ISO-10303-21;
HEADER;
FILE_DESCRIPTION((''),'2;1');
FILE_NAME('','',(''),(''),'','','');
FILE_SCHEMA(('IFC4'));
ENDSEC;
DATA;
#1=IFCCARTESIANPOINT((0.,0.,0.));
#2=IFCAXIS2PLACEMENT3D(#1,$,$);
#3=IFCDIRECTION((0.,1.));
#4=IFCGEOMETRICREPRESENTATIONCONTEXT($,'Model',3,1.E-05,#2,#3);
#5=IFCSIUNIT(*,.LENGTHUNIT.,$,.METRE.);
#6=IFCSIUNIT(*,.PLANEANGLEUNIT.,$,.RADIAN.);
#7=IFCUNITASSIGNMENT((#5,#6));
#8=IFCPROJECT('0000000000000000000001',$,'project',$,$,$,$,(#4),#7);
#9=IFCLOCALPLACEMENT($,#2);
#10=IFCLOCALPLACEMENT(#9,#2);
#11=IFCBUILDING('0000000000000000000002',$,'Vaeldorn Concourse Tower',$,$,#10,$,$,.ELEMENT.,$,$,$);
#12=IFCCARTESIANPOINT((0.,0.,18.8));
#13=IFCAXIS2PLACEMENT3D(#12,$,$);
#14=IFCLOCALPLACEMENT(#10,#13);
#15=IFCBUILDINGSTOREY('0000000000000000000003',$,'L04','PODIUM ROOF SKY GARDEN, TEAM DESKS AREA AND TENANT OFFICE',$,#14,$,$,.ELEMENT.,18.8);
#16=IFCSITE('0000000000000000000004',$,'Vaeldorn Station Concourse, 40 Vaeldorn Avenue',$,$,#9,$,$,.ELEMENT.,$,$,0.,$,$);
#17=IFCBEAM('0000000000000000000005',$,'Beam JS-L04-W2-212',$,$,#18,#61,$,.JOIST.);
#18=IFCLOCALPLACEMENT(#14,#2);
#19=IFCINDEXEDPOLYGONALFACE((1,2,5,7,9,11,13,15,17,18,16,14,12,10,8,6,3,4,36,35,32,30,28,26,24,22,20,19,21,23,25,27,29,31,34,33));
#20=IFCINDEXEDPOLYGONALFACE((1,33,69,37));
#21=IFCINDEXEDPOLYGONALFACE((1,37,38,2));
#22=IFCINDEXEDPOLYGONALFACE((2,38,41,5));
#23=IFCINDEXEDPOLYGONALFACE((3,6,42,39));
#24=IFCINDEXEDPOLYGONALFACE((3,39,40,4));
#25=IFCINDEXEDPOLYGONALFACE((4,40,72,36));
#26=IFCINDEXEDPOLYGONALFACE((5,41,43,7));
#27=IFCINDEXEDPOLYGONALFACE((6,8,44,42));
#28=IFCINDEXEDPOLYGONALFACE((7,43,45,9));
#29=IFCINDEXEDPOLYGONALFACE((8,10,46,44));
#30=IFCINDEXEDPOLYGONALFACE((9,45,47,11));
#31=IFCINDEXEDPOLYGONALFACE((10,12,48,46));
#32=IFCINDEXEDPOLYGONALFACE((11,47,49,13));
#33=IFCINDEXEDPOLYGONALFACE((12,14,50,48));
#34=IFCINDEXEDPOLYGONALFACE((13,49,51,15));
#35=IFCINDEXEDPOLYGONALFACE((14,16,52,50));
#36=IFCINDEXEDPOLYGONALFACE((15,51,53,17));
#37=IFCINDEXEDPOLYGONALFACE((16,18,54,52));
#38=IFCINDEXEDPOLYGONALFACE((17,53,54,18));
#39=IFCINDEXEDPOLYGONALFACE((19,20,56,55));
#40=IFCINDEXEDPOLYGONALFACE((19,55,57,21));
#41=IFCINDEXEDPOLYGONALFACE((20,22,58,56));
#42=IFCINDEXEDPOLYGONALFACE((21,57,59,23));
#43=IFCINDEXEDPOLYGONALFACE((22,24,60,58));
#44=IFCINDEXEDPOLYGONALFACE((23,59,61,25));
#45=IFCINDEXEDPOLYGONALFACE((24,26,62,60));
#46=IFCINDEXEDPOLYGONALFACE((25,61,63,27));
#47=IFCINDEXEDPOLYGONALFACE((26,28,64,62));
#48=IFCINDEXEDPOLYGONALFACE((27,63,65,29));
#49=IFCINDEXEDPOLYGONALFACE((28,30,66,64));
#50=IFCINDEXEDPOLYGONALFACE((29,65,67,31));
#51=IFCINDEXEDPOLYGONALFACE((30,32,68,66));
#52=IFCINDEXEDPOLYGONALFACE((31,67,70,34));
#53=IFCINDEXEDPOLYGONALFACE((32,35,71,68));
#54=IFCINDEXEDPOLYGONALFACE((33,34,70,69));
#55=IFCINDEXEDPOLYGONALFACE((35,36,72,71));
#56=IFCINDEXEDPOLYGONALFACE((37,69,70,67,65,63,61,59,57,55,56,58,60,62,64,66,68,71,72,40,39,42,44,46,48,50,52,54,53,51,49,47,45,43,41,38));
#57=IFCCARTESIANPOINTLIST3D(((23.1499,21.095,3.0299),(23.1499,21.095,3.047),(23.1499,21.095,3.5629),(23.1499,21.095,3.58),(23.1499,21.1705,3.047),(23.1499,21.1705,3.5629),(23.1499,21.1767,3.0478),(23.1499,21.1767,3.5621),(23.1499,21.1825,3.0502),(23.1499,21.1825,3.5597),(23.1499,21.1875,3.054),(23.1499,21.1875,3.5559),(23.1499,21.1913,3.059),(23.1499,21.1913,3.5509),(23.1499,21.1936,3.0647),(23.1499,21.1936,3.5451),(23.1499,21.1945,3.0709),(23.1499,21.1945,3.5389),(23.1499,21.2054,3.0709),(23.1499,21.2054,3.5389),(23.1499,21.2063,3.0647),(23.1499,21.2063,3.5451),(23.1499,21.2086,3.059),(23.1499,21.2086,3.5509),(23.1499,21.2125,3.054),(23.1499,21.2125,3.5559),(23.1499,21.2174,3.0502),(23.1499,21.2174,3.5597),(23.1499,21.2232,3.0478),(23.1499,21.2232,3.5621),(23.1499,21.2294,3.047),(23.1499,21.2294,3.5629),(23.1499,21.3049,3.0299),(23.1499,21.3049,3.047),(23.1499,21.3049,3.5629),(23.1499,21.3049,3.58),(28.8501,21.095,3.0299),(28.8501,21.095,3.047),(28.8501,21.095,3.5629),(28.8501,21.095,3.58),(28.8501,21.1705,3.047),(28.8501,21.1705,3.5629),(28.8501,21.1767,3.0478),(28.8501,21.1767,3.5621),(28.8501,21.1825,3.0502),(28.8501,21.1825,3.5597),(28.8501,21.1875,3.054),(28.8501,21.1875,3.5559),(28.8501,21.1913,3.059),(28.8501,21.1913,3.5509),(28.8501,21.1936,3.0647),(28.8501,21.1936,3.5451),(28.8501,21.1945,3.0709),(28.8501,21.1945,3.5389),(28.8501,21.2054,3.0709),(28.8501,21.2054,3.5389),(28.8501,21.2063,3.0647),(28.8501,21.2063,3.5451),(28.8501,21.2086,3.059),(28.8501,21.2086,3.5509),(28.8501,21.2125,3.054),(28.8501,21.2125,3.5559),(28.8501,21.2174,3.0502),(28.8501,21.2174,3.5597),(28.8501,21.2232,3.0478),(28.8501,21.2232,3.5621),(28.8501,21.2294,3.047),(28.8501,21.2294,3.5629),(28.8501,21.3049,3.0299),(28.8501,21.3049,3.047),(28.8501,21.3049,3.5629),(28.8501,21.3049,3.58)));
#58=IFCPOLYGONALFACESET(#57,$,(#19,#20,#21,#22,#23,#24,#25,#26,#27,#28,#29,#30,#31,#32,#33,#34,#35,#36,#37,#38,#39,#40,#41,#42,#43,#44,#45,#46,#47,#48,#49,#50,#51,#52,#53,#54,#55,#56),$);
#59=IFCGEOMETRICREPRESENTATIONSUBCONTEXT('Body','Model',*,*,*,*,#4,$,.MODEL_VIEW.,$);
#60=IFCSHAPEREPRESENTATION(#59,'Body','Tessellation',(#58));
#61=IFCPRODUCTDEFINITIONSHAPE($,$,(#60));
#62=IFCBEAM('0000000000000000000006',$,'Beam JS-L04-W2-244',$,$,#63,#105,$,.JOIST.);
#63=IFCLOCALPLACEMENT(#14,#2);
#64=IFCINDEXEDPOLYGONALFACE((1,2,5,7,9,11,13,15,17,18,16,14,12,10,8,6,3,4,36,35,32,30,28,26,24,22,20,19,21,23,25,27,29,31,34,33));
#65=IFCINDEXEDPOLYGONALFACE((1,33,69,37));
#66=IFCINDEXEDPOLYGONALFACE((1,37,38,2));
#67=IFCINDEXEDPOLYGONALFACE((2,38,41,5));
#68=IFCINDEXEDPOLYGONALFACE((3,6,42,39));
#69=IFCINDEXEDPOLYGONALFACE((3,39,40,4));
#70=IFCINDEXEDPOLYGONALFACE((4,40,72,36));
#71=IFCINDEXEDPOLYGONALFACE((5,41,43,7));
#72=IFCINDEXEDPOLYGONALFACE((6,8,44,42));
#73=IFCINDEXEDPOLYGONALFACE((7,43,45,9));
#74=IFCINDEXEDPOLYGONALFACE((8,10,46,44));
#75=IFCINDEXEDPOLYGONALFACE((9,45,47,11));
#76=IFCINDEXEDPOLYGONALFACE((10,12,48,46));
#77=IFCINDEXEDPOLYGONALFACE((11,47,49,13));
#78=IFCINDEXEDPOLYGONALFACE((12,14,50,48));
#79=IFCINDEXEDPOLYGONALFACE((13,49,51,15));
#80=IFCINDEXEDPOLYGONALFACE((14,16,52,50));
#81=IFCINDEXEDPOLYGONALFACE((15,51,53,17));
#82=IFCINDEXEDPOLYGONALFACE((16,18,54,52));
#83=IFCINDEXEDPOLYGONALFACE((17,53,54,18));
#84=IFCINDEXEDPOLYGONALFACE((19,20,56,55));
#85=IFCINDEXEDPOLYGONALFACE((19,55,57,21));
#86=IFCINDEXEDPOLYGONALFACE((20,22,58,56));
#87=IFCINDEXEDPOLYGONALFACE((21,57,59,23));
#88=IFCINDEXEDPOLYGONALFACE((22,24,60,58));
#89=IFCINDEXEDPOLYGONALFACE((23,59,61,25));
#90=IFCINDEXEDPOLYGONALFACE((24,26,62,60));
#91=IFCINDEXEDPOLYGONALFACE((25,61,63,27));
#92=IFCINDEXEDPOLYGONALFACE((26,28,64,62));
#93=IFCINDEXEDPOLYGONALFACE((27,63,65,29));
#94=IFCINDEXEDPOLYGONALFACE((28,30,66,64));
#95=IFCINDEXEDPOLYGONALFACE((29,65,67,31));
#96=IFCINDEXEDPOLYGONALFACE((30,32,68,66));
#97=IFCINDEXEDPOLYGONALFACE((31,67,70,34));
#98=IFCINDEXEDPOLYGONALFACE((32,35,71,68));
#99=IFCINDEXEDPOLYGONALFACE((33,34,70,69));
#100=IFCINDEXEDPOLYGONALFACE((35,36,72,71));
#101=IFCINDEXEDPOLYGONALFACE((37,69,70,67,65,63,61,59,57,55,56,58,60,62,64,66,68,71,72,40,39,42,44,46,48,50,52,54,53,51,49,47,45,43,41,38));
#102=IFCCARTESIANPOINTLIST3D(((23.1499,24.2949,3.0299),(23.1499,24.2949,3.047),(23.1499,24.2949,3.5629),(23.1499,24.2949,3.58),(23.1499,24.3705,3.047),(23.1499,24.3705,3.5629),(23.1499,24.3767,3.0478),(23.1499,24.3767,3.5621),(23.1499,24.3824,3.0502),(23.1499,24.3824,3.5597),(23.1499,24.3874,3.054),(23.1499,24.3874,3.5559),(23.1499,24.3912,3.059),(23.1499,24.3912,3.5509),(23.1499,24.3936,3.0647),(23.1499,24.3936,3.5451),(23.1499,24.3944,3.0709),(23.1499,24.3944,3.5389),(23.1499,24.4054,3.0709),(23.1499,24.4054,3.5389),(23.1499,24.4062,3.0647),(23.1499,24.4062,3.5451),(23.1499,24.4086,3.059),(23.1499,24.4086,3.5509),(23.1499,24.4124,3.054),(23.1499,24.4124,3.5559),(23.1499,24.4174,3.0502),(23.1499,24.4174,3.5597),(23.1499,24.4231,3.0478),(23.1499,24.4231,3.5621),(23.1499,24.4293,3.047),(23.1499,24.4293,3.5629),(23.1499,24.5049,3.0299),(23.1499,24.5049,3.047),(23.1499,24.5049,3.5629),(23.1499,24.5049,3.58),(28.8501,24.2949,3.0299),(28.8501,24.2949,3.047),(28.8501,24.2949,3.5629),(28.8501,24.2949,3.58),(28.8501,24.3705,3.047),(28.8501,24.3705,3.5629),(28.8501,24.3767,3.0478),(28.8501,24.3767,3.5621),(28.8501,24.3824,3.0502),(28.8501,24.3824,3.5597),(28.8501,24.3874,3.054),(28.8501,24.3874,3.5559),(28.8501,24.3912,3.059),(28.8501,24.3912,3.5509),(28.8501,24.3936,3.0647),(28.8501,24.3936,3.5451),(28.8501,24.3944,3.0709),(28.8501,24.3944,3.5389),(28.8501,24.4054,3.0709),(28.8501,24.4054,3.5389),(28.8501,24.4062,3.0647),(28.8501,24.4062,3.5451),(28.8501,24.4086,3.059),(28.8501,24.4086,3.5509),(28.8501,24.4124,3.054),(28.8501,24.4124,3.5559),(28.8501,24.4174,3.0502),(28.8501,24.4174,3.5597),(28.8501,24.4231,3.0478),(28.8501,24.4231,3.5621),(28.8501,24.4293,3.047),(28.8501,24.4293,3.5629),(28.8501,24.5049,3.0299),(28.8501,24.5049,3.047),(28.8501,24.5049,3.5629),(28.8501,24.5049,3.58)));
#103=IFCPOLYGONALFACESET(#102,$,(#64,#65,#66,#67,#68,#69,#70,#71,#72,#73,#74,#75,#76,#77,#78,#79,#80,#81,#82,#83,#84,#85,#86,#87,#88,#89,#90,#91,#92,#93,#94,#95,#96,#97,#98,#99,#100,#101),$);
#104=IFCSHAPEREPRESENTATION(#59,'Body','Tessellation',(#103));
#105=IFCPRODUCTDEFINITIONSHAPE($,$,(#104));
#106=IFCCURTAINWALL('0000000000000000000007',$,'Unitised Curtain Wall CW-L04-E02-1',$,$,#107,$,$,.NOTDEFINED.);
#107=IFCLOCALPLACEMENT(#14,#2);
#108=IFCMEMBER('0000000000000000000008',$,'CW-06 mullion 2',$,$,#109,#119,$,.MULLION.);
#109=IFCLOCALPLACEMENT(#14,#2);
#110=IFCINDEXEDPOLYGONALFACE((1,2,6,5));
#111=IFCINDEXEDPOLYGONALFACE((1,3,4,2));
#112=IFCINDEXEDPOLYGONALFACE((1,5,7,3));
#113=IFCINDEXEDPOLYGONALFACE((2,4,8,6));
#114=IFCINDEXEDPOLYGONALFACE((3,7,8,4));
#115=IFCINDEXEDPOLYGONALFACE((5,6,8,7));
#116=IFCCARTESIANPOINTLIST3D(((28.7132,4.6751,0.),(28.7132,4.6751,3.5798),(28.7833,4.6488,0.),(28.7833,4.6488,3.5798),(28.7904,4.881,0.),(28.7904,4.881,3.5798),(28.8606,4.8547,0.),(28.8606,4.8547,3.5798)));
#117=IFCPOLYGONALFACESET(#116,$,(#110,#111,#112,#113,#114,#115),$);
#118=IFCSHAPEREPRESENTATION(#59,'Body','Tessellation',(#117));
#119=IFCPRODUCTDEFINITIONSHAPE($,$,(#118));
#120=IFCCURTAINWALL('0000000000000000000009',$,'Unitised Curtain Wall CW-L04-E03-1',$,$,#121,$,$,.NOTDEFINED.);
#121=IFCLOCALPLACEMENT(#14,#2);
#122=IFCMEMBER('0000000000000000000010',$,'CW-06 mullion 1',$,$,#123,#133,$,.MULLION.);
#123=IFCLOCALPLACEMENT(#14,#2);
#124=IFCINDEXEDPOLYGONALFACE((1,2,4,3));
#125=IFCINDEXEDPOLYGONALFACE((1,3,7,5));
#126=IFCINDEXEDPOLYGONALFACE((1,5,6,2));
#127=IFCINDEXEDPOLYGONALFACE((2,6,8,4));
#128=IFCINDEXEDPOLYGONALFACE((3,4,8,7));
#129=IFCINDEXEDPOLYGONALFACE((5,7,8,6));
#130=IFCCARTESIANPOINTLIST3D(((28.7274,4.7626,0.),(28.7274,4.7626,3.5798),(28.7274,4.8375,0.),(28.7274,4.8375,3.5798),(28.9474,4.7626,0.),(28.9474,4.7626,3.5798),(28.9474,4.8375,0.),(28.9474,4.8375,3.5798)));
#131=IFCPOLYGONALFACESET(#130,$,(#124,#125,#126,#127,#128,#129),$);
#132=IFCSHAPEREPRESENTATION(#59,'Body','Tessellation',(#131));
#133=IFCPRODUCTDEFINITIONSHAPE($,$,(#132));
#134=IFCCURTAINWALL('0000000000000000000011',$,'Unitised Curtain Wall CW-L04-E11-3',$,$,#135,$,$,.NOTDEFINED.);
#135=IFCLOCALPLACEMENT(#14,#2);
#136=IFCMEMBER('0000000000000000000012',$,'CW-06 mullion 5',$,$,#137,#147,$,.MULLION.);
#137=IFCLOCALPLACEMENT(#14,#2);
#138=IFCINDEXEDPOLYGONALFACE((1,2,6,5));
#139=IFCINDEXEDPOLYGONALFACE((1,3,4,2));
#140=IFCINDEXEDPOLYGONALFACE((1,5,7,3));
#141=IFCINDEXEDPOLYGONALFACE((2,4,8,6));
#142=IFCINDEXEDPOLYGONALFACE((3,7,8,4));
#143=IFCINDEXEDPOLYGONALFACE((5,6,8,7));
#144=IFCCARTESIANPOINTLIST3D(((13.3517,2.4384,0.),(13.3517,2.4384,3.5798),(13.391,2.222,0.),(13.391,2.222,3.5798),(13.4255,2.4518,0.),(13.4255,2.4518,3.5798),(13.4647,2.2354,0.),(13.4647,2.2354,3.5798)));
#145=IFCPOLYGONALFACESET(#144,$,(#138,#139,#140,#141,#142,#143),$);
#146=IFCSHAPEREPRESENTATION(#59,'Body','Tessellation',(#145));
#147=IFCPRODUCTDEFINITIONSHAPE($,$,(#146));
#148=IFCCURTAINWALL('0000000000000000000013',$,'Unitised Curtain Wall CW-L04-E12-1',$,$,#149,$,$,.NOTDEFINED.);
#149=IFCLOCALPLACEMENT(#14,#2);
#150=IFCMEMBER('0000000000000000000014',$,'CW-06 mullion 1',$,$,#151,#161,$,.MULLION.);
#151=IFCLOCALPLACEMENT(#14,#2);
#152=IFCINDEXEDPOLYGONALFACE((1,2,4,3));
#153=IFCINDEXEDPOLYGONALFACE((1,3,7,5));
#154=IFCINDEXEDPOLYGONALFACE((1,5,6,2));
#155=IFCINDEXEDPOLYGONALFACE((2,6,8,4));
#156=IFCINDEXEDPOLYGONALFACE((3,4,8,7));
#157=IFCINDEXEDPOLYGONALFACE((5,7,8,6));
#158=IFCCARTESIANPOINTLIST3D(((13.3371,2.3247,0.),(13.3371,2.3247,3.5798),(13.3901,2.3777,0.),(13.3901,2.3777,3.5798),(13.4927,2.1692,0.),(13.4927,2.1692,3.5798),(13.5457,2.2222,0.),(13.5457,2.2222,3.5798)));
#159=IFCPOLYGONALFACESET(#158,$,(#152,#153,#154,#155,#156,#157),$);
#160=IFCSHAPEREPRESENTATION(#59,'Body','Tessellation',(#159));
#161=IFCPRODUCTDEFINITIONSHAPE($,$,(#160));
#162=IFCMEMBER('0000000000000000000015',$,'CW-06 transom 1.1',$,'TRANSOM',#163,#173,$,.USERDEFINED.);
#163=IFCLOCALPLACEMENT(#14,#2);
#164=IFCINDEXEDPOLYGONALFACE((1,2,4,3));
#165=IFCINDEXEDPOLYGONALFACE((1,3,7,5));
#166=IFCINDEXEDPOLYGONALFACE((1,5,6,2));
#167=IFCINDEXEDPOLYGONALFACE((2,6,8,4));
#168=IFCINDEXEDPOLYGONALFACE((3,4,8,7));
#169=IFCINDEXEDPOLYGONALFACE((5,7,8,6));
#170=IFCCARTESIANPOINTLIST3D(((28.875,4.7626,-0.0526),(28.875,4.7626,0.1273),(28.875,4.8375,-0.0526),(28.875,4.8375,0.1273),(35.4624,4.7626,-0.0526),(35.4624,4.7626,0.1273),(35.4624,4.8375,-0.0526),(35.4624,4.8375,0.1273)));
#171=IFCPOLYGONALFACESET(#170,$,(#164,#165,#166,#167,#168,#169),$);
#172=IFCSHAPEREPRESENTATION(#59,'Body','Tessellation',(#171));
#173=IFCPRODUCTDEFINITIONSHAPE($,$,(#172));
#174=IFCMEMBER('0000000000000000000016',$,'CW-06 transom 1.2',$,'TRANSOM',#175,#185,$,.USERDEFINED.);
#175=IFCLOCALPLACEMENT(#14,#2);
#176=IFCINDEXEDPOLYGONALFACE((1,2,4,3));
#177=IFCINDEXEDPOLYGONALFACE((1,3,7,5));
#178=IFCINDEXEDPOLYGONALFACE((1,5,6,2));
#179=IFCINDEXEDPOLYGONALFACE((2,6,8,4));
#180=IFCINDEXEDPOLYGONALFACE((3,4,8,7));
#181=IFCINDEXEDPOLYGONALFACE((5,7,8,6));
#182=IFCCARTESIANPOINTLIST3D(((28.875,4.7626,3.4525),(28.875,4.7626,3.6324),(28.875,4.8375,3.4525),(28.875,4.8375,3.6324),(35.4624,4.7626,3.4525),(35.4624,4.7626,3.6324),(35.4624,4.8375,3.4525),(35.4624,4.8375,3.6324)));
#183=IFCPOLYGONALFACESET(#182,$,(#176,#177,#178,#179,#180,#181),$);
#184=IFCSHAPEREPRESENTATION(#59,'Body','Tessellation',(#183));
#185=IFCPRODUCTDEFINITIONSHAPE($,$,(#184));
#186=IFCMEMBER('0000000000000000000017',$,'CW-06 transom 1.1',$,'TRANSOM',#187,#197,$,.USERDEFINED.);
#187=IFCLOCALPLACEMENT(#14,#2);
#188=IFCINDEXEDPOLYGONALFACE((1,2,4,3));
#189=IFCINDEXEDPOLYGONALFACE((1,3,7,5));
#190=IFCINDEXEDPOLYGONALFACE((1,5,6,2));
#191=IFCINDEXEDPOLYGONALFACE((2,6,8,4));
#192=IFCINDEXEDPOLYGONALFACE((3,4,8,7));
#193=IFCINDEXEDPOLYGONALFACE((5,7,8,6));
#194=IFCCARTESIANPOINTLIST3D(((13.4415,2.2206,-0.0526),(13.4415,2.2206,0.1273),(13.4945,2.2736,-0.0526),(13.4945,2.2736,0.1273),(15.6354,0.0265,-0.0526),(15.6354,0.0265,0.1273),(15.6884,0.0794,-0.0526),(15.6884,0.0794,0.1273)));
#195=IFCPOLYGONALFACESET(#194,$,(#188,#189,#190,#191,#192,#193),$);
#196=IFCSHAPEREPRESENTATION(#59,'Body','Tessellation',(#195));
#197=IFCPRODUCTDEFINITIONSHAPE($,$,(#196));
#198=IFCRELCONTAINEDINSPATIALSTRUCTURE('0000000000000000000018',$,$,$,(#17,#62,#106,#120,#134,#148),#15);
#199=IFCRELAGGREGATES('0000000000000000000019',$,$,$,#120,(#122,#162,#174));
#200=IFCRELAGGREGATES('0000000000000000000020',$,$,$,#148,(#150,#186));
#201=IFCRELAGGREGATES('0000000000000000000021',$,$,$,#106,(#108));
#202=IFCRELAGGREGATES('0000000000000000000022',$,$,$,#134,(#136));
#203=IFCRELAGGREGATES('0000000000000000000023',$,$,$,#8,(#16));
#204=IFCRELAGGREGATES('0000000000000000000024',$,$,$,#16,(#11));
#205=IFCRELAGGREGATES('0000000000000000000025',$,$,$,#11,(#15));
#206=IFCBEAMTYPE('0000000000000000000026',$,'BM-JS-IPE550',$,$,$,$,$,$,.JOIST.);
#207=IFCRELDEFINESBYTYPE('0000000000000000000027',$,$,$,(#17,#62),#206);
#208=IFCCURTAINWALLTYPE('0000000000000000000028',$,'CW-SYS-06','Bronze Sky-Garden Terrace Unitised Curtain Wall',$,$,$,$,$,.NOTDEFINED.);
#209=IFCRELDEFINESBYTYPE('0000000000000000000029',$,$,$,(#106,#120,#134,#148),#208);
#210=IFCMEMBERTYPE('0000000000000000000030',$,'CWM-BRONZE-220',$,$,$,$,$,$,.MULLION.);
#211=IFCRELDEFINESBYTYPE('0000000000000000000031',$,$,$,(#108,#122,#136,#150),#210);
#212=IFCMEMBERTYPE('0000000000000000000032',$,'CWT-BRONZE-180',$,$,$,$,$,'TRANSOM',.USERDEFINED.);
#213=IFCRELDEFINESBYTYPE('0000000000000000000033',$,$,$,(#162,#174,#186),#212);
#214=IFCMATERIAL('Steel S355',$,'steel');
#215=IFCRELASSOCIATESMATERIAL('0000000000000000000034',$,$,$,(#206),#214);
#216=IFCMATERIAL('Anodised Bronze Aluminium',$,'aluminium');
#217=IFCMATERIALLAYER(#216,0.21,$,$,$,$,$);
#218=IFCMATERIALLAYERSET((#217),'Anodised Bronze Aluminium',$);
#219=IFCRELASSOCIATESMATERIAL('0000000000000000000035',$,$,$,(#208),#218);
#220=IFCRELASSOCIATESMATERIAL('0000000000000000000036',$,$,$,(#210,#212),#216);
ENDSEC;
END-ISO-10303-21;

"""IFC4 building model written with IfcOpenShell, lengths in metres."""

from ifc_helpers import new_model, si_unit, direction, frame, origin, origin_2d, place, context, subcontext, project, spatial, rectangle, i_section, extrude, source, transform, mapped, material, layer, layer_set, material_profile, profile_set, type_object, element, aggregate, save


model = new_model("IFC4")

# Units and contexts
model_context = context("Model", 3, precision=1e-05, world=origin(), true_north=direction((0.0, 1.0)))
body_context = subcontext(model_context, "Body", "Model", "MODEL_VIEW")
ifc_project = project(units=[si_unit("LENGTHUNIT", "METRE"), si_unit("PLANEANGLEUNIT", "RADIAN")], contexts=[model_context])

# Site, building, storey
site_placement = place(None, origin())
site = spatial("IfcSite", under=ifc_project, at=site_placement, Name="Vaeldorn Station Concourse, 40 Vaeldorn Avenue", CompositionType="ELEMENT", RefElevation=0.0)
building_placement = place(site_placement, origin())
building = spatial("IfcBuilding", under=site, at=building_placement, Name="Vaeldorn Concourse Tower", CompositionType="ELEMENT")
storey_placement = place(building_placement, frame((0.0, 0.0, 18.8)))
storey = spatial("IfcBuildingStorey", under=building, at=storey_placement, Name="L04", Description="PODIUM ROOF SKY GARDEN, TEAM DESKS AREA AND TENANT OFFICE", CompositionType="ELEMENT", Elevation=18.8)

# Beams
ifc_material_1 = material(Name="Steel S355", Category="steel")
ifc_material_profile_1 = material_profile(ifc_material_1, i_section(OverallWidth=0.21, OverallDepth=0.55, WebThickness=0.011, FlangeThickness=0.0171, FilletRadius=0.0239, at=origin_2d()), Name="IPE 550")
ifc_profile_set_1 = profile_set([ifc_material_profile_1], Name="Steel S355")
beam_type_1 = type_object("IfcBeamType", Name="BM-JS-IPE550", PredefinedType="JOIST", material=ifc_profile_set_1)
shared_shape_1 = source(origin(), body_context, "Body", "SweptSolid", [
    extrude(i_section(OverallWidth=0.21, OverallDepth=0.55, WebThickness=0.011, FlangeThickness=0.0171, FilletRadius=0.0239, at=origin_2d()), origin(), (0.0, 0.0, 1.0), 5.7002),
])
for number, where, z_axis, x_axis, name in (
    (1, (23.1499, 21.2, 3.3049), (1.0, 0.0, 0.0), (0.0, 1.0, 0.0), "Beam JS-L04-W2-212"),
    (2, (23.1499, 24.3999, 3.3049), (1.0, 0.0, 0.0), (0.0, 1.0, 0.0), "Beam JS-L04-W2-244"),
):
    element("IfcBeam", number, at=place(storey_placement, frame(where, z_axis=z_axis, x_axis=x_axis)), inside=storey, type_object=beam_type_1, Name=name, PredefinedType="JOIST", context=body_context, shape_type="MappedRepresentation", body=[
        mapped(shared_shape_1, transform((0.0, 0.0, 0.0), scale=1.0)),
    ])

# Curtain walls, members
ifc_material_2 = material(Name="Anodised Bronze Aluminium", Category="aluminium")
ifc_layer_1 = layer(ifc_material_2, 0.21)
ifc_layer_set_1 = layer_set([ifc_layer_1], Name="Anodised Bronze Aluminium")
curtain_wall_type = type_object("IfcCurtainWallType", Name="CW-SYS-06", Description="Bronze Sky-Garden Terrace Unitised Curtain Wall", PredefinedType="NOTDEFINED", material=ifc_layer_set_1)
curtain_wall_1_placement = place(storey_placement, origin())
curtain_wall_1 = element("IfcCurtainWall", 3, at=curtain_wall_1_placement, inside=storey, type_object=curtain_wall_type, Name="Unitised Curtain Wall CW-L04-E02-1", PredefinedType="NOTDEFINED")
ifc_material_profile_2 = material_profile(ifc_material_2, rectangle(XDim=0.075, YDim=0.22, at=origin_2d()), Name="CWM 75x220")
ifc_profile_set_2 = profile_set([ifc_material_profile_2], Name="Anodised Bronze Aluminium")
member_type_1 = type_object("IfcMemberType", Name="CWM-BRONZE-220", PredefinedType="MULLION", material=ifc_profile_set_2)
shared_shape_2 = source(origin(), body_context, "Body", "SweptSolid", [
    extrude(rectangle(XDim=0.075, YDim=0.22, at=origin_2d()), origin(), (0.0, 0.0, 1.0), 3.5798),
])
member_1_placement = place(storey_placement, frame((28.7869, 4.7649, 0.0), z_axis=(0.0, 0.0, 1.0), x_axis=(-0.936329, 0.351123, 0.0)))
member_1 = element("IfcMember", 4, at=member_1_placement, type_object=member_type_1, Name="CW-06 mullion 2", PredefinedType="MULLION", context=body_context, shape_type="MappedRepresentation", body=[
    mapped(shared_shape_2, transform((0.0, 0.0, 0.0), scale=1.0)),
])
curtain_wall_2_placement = place(storey_placement, origin())
curtain_wall_2 = element("IfcCurtainWall", 5, at=curtain_wall_2_placement, inside=storey, type_object=curtain_wall_type, Name="Unitised Curtain Wall CW-L04-E03-1", PredefinedType="NOTDEFINED")
member_2_placement = place(storey_placement, frame((28.8374, 4.8, 0.0), z_axis=(0.0, 0.0, 1.0), x_axis=(0.0, 1.0, 0.0)))
member_2 = element("IfcMember", 6, at=member_2_placement, type_object=member_type_1, Name="CW-06 mullion 1", PredefinedType="MULLION", context=body_context, shape_type="MappedRepresentation", body=[
    mapped(shared_shape_2, transform((0.0, 0.0, 0.0), scale=1.0)),
])
curtain_wall_3_placement = place(storey_placement, origin())
curtain_wall_3 = element("IfcCurtainWall", 7, at=curtain_wall_3_placement, inside=storey, type_object=curtain_wall_type, Name="Unitised Curtain Wall CW-L04-E11-3", PredefinedType="NOTDEFINED")
member_3_placement = place(storey_placement, frame((13.4082, 2.3369, 0.0), z_axis=(0.0, 0.0, 1.0), x_axis=(0.98395, 0.178446, 0.0)))
member_3 = element("IfcMember", 8, at=member_3_placement, type_object=member_type_1, Name="CW-06 mullion 5", PredefinedType="MULLION", context=body_context, shape_type="MappedRepresentation", body=[
    mapped(shared_shape_2, transform((0.0, 0.0, 0.0), scale=1.0)),
])
curtain_wall_4_placement = place(storey_placement, origin())
curtain_wall_4 = element("IfcCurtainWall", 9, at=curtain_wall_4_placement, inside=storey, type_object=curtain_wall_type, Name="Unitised Curtain Wall CW-L04-E12-1", PredefinedType="NOTDEFINED")
member_4_placement = place(storey_placement, frame((13.4414, 2.2734, 0.0), z_axis=(0.0, 0.0, 1.0), x_axis=(0.707107, 0.707107, 0.0)))
member_4 = element("IfcMember", 10, at=member_4_placement, type_object=member_type_1, Name="CW-06 mullion 1", PredefinedType="MULLION", context=body_context, shape_type="MappedRepresentation", body=[
    mapped(shared_shape_2, transform((0.0, 0.0, 0.0), scale=1.0)),
])

# Members
ifc_material_profile_3 = material_profile(ifc_material_2, rectangle(XDim=0.075, YDim=0.1799, at=origin_2d()), Name="CWT 75x180")
ifc_profile_set_3 = profile_set([ifc_material_profile_3], Name="Anodised Bronze Aluminium")
member_type_2 = type_object("IfcMemberType", Name="CWT-BRONZE-180", ElementType="TRANSOM", PredefinedType="USERDEFINED", material=ifc_profile_set_3)
shared_shape_3 = source(origin(), body_context, "Body", "SweptSolid", [
    extrude(rectangle(XDim=0.075, YDim=0.1799, at=origin_2d()), origin(), (0.0, 0.0, 1.0), 6.5874),
])
member_5_placement = place(storey_placement, frame((28.875, 4.8, 0.0374), z_axis=(1.0, 0.0, 0.0), x_axis=(0.0, 1.0, 0.0)))
member_5 = element("IfcMember", 11, at=member_5_placement, type_object=member_type_2, Name="CW-06 transom 1.1", ObjectType="TRANSOM", PredefinedType="USERDEFINED", context=body_context, shape_type="MappedRepresentation", body=[
    mapped(shared_shape_3, transform((0.0, 0.0, 0.0), scale=1.0)),
])
member_6_placement = place(storey_placement, frame((28.875, 4.8, 3.5425), z_axis=(1.0, 0.0, 0.0), x_axis=(0.0, 1.0, 0.0)))
member_6 = element("IfcMember", 12, at=member_6_placement, type_object=member_type_2, Name="CW-06 transom 1.2", ObjectType="TRANSOM", PredefinedType="USERDEFINED", context=body_context, shape_type="MappedRepresentation", body=[
    mapped(shared_shape_3, transform((0.0, 0.0, 0.0), scale=1.0)),
])
aggregate(curtain_wall_2, [member_2, member_5, member_6])
shared_shape_4 = source(origin(), body_context, "Body", "SweptSolid", [
    extrude(rectangle(XDim=0.075, YDim=0.1799, at=origin_2d()), origin(), (0.0, 0.0, 1.0), 3.1028),
])
member_7_placement = place(storey_placement, frame((13.468, 2.2471, 0.0374), z_axis=(0.707067, -0.707146, 0.0), x_axis=(0.707146, 0.707067, 0.0)))
member_7 = element("IfcMember", 13, at=member_7_placement, type_object=member_type_2, Name="CW-06 transom 1.1", ObjectType="TRANSOM", PredefinedType="USERDEFINED", context=body_context, shape_type="MappedRepresentation", body=[
    mapped(shared_shape_4, transform((0.0, 0.0, 0.0), scale=1.0)),
])
aggregate(curtain_wall_4, [member_4, member_7])

aggregate(curtain_wall_1, [member_1])
aggregate(curtain_wall_3, [member_3])

save(model, "model.ifc")
